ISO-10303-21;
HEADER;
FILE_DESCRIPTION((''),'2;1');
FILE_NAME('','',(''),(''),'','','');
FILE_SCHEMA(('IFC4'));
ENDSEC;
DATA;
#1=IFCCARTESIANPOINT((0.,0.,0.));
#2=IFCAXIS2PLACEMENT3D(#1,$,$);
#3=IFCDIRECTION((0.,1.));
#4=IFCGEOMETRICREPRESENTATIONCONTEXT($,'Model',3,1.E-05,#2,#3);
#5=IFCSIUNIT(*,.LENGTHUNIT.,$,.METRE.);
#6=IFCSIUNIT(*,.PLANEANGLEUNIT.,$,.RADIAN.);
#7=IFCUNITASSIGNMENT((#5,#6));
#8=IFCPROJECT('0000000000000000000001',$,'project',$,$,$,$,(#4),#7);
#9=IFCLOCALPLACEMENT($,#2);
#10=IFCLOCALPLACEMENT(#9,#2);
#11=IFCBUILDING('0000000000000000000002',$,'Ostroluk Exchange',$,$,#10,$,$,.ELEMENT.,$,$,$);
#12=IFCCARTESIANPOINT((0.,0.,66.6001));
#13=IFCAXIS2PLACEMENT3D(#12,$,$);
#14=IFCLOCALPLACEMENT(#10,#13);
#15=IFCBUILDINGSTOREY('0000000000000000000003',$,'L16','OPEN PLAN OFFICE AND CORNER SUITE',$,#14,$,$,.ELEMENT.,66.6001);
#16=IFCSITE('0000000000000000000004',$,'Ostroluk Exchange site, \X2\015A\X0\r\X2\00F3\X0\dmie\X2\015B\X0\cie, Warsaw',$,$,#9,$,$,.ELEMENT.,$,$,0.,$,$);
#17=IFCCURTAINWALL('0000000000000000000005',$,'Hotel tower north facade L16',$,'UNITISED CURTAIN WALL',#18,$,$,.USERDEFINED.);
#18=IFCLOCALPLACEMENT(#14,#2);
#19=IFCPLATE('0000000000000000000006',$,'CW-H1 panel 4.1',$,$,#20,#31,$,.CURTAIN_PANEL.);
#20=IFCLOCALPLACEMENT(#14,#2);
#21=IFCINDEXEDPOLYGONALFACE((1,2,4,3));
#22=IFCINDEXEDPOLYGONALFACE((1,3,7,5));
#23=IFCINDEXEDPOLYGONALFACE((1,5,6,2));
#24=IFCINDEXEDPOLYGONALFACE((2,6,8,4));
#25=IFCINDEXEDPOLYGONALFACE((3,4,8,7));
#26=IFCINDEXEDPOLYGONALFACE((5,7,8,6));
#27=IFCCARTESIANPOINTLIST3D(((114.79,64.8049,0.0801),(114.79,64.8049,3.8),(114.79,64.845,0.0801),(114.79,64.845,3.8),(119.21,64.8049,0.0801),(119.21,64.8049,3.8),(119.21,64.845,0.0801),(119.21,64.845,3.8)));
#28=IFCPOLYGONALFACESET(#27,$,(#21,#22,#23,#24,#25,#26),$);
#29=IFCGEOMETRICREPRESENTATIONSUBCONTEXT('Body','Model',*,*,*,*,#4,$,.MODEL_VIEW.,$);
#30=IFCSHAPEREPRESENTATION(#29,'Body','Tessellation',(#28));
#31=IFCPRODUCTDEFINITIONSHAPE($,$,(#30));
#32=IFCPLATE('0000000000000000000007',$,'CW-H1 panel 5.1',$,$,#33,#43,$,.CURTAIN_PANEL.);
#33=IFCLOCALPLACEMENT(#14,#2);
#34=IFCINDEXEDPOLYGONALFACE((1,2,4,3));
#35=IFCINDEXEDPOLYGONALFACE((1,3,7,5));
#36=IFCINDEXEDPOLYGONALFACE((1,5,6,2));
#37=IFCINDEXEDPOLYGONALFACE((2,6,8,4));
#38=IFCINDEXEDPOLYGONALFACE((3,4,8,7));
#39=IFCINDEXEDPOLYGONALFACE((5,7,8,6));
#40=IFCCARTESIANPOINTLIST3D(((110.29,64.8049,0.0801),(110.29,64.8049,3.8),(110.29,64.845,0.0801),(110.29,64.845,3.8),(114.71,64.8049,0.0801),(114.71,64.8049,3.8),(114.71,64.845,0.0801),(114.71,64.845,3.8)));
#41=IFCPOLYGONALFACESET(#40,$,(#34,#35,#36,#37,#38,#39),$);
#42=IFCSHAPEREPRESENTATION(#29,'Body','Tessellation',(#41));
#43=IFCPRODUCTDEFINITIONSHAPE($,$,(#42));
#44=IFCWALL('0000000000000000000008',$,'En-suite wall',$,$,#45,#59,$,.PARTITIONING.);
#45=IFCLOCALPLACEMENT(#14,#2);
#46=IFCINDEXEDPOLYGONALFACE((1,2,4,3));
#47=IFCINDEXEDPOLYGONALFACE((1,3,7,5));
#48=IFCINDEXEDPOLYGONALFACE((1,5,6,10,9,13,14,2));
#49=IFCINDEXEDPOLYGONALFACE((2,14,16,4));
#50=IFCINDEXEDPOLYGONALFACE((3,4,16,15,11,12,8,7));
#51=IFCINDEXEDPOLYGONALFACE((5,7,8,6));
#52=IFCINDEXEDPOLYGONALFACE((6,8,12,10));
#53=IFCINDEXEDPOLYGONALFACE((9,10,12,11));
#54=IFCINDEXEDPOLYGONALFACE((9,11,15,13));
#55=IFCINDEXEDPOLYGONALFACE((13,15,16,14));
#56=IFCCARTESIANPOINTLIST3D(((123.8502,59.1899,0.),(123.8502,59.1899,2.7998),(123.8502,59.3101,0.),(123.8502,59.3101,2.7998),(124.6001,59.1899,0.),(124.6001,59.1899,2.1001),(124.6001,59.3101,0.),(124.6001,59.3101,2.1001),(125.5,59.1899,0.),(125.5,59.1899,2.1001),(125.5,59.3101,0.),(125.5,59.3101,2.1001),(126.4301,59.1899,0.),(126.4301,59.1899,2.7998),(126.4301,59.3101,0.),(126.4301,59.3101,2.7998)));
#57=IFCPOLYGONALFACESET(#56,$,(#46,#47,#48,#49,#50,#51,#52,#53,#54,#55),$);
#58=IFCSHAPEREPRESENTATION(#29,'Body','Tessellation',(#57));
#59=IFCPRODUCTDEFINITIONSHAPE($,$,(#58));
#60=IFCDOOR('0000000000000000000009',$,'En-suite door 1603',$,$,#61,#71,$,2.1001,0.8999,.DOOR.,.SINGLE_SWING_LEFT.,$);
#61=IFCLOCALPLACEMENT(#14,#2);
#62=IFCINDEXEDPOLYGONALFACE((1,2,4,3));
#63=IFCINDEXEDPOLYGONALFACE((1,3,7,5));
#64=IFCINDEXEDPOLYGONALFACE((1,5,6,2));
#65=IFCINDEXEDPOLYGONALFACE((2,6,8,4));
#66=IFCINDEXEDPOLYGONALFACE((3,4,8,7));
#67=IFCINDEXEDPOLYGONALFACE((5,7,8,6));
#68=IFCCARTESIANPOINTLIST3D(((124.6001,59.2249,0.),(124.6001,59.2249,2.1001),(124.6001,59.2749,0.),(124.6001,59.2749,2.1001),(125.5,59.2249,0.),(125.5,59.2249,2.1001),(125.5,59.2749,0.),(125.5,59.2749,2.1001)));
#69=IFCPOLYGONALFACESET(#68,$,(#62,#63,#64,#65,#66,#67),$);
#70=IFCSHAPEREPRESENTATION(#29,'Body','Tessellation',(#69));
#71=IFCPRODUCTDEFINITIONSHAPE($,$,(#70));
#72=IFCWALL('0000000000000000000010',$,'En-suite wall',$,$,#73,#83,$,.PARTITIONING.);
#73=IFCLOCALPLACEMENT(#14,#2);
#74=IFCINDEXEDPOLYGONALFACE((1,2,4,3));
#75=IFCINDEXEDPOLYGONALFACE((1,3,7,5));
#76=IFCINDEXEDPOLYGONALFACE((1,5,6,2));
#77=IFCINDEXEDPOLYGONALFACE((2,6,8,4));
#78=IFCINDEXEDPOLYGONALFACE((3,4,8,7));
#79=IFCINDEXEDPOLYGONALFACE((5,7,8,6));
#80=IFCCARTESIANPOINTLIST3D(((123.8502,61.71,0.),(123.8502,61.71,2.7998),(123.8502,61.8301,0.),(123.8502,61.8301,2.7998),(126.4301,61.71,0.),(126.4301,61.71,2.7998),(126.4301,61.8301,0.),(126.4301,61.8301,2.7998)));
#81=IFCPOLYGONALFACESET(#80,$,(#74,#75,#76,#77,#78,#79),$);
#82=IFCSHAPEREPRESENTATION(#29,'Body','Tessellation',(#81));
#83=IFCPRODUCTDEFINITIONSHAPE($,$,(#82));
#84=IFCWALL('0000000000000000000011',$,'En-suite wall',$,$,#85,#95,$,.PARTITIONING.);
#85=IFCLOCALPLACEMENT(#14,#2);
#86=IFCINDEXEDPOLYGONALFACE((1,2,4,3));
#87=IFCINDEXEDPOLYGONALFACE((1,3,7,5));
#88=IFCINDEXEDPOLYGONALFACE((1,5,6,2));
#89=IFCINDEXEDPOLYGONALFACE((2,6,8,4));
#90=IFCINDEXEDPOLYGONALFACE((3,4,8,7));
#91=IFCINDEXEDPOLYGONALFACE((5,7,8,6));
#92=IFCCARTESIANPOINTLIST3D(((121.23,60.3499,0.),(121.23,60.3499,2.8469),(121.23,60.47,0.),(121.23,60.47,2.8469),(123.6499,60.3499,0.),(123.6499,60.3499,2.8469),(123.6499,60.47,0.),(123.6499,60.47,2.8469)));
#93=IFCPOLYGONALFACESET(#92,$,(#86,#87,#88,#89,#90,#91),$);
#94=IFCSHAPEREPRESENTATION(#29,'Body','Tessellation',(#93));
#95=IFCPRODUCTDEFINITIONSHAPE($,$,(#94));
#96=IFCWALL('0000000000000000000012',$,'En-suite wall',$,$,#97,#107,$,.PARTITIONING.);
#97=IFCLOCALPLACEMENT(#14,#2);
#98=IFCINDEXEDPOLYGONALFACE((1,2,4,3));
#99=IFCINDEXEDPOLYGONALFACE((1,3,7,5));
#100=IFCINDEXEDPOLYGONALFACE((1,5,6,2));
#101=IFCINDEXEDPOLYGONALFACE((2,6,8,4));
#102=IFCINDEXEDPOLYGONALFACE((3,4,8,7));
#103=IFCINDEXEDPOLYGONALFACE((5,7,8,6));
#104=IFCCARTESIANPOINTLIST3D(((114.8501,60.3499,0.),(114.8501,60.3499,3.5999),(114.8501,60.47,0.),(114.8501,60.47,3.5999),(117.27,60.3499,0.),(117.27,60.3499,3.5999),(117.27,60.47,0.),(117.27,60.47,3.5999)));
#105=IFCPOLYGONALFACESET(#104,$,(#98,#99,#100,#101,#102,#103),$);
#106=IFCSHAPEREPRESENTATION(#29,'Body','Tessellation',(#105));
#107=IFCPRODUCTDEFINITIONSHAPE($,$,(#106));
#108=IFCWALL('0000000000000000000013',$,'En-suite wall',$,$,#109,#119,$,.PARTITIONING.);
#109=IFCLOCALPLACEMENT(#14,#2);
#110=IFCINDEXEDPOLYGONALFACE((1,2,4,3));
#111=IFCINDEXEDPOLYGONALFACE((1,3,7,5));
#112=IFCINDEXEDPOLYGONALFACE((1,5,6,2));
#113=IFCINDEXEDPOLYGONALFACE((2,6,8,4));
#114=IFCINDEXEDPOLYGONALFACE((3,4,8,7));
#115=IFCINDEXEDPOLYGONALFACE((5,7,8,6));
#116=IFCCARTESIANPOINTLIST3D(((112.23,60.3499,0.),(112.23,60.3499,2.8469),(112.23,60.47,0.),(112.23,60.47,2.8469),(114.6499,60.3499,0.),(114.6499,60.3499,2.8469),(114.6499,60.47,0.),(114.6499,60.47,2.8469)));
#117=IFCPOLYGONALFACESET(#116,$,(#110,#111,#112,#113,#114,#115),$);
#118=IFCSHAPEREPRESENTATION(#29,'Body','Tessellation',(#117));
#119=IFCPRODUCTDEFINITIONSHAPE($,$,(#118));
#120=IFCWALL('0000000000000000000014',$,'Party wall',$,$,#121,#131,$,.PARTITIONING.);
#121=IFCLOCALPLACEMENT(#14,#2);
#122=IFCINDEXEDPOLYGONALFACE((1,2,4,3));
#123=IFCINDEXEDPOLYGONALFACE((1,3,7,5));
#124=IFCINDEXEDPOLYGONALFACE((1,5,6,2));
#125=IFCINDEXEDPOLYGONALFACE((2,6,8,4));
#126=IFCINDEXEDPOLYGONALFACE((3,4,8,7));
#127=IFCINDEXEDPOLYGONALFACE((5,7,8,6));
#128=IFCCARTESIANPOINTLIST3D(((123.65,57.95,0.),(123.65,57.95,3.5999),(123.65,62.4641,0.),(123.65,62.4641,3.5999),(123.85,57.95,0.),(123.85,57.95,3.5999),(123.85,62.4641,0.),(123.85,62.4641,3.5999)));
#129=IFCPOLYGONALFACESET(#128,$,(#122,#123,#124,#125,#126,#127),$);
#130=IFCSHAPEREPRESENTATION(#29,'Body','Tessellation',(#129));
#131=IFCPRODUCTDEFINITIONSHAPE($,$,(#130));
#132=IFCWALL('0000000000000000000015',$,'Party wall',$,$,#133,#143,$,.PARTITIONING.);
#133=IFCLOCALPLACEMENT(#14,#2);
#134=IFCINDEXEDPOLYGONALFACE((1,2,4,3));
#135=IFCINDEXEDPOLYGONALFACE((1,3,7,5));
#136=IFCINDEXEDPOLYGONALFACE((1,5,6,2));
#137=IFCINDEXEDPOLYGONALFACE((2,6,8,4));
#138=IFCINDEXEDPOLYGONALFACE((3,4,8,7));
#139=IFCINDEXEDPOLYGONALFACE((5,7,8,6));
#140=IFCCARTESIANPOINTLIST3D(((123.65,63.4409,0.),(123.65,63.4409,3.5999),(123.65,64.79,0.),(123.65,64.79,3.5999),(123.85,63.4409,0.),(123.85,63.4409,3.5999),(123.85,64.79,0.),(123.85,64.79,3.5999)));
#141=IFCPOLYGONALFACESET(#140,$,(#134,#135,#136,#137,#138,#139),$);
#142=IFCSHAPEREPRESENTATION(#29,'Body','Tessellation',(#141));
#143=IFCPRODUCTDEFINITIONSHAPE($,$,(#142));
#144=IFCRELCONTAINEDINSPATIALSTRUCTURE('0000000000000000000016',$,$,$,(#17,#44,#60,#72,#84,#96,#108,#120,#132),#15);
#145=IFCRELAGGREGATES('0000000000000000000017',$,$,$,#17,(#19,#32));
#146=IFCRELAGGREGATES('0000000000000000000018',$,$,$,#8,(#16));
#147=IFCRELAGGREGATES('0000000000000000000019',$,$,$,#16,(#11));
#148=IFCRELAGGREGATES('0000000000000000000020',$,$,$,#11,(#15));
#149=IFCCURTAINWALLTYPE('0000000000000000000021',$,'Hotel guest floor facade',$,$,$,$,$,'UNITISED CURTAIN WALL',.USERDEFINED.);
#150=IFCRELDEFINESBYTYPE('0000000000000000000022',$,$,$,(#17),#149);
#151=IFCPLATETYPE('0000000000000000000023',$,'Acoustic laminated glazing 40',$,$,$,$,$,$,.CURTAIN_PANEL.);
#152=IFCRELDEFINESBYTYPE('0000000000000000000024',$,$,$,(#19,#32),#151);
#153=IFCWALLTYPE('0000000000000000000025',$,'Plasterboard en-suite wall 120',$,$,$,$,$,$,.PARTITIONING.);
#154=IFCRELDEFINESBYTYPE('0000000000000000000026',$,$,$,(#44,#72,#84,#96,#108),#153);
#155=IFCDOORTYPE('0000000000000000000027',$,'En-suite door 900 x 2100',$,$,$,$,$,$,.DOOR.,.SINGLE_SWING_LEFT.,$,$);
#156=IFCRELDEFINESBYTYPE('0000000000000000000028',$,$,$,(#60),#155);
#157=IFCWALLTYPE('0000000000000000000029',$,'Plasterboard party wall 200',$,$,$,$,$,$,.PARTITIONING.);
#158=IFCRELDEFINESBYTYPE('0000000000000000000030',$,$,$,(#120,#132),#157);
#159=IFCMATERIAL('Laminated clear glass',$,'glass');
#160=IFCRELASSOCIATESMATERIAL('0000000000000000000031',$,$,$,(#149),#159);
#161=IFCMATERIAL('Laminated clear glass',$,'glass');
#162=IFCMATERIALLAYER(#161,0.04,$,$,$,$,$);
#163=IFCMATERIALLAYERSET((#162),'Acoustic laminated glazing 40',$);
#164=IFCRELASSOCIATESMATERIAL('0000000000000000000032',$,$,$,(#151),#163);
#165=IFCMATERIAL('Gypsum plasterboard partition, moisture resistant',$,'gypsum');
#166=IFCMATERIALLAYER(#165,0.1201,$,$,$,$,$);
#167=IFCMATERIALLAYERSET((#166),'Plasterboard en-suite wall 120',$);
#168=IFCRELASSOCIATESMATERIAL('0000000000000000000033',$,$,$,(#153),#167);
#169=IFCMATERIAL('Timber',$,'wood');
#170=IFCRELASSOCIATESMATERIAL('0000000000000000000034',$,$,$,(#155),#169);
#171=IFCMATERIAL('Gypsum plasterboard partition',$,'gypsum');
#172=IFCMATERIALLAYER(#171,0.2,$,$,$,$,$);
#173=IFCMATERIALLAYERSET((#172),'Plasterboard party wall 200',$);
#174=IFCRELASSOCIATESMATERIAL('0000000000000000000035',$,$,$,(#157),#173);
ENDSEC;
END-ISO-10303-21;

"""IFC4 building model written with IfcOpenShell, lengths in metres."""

from ifc_helpers import new_model, si_unit, direction, frame, frame_2d, origin, origin_2d, place, context, subcontext, project, spatial, rectangle, extrude, material, layer, layer_set, type_object, element, fill, aggregate, save


model = new_model("IFC4")

# Units and contexts
model_context = context("Model", 3, precision=1e-05, world=origin(), true_north=direction((0.0, 1.0)))
body_context = subcontext(model_context, "Body", "Model", "MODEL_VIEW")
ifc_project = project(units=[si_unit("LENGTHUNIT", "METRE"), si_unit("PLANEANGLEUNIT", "RADIAN")], contexts=[model_context])

# Site, building, storey
site_placement = place(None, origin())
site = spatial("IfcSite", under=ifc_project, at=site_placement, Name="Ostroluk Exchange site, Śródmieście, Warsaw", CompositionType="ELEMENT", RefElevation=0.0)
building_placement = place(site_placement, origin())
building = spatial("IfcBuilding", under=site, at=building_placement, Name="Ostroluk Exchange", CompositionType="ELEMENT")
storey_placement = place(building_placement, frame((0.0, 0.0, 66.6001)))
storey = spatial("IfcBuildingStorey", under=building, at=storey_placement, Name="L16", Description="OPEN PLAN OFFICE AND CORNER SUITE", CompositionType="ELEMENT", Elevation=66.6001)

# Curtain wall, plates
ifc_material_1 = material(Name="Laminated clear glass", Category="glass")
curtain_wall_type = type_object("IfcCurtainWallType", Name="Hotel guest floor facade", ElementType="UNITISED CURTAIN WALL", PredefinedType="USERDEFINED", material=ifc_material_1)
curtain_wall_placement = place(storey_placement, origin())
curtain_wall = element("IfcCurtainWall", 1, at=curtain_wall_placement, inside=storey, type_object=curtain_wall_type, Name="Hotel tower north facade L16", ObjectType="UNITISED CURTAIN WALL", PredefinedType="USERDEFINED")
ifc_material_2 = material(Name="Laminated clear glass", Category="glass")
ifc_layer_1 = layer(ifc_material_2, 0.04)
ifc_layer_set_1 = layer_set([ifc_layer_1], Name="Acoustic laminated glazing 40")
plate_type = type_object("IfcPlateType", Name="Acoustic laminated glazing 40", PredefinedType="CURTAIN_PANEL", material=ifc_layer_set_1)
plate_1_placement = place(storey_placement, frame((117.0, 64.825, 0.0801), z_axis=(0.0, 0.0, 1.0), x_axis=(-1.0, 0.0, 0.0)))
plate_1 = element("IfcPlate", 2, at=plate_1_placement, type_object=plate_type, Name="CW-H1 panel 4.1", PredefinedType="CURTAIN_PANEL", context=body_context, shape_type="SweptSolid", body=[
    extrude(rectangle(XDim=4.4199, YDim=0.04, at=origin_2d()), origin(), (0.0, 0.0, 1.0), 3.72),
])
plate_2_placement = place(storey_placement, frame((112.5, 64.825, 0.0801), z_axis=(0.0, 0.0, 1.0), x_axis=(-1.0, 0.0, 0.0)))
plate_2 = element("IfcPlate", 3, at=plate_2_placement, type_object=plate_type, Name="CW-H1 panel 5.1", PredefinedType="CURTAIN_PANEL", context=body_context, shape_type="SweptSolid", body=[
    extrude(rectangle(XDim=4.4199, YDim=0.04, at=origin_2d()), origin(), (0.0, 0.0, 1.0), 3.72),
])
aggregate(curtain_wall, [plate_1, plate_2])

# Wall, opening, door
ifc_material_3 = material(Name="Gypsum plasterboard partition, moisture resistant", Category="gypsum")
ifc_layer_2 = layer(ifc_material_3, 0.1201)
ifc_layer_set_2 = layer_set([ifc_layer_2], Name="Plasterboard en-suite wall 120")
wall_type_1 = type_object("IfcWallType", Name="Plasterboard en-suite wall 120", PredefinedType="PARTITIONING", material=ifc_layer_set_2)
wall_1_placement = place(storey_placement, frame((123.8501, 59.25, 0.0), z_axis=(0.0, 0.0, 1.0), x_axis=(1.0, 0.0, 0.0)))
wall_1 = element("IfcWall", 4, at=wall_1_placement, inside=storey, type_object=wall_type_1, Name="En-suite wall", PredefinedType="PARTITIONING", context=body_context, shape_type="SweptSolid", body=[
    extrude(rectangle(XDim=2.5798, YDim=0.1201, at=frame_2d((1.29, 0.0))), origin(), (0.0, 0.0, 1.0), 2.7998),
])
opening_placement = place(wall_1_placement, frame((0.75, 0.0, 0.0)))
opening = element("IfcOpeningElement", 5, at=opening_placement, cuts=wall_1, PredefinedType="OPENING", context=body_context, shape_type="SweptSolid", body=[
    extrude(rectangle(XDim=0.8999, YDim=2.1001, at=frame_2d((0.45, 1.05))), frame((0.0, 0.0701, 0.0), z_axis=(0.0, -1.0, 0.0), x_axis=(1.0, 0.0, 0.0)), (0.0, 0.0, 1.0), 0.1401),
])
ifc_material_4 = material(Name="Timber", Category="wood")
door_type = type_object("IfcDoorType", Name="En-suite door 900 x 2100", OperationType="SINGLE_SWING_LEFT", PredefinedType="DOOR", material=ifc_material_4)
door_placement = place(opening_placement, origin())
door = element("IfcDoor", 6, at=door_placement, inside=storey, type_object=door_type, Name="En-suite door 1603", OperationType="SINGLE_SWING_LEFT", OverallHeight=2.1001, OverallWidth=0.8999, PredefinedType="DOOR", context=body_context, shape_type="SweptSolid", body=[
    extrude(rectangle(XDim=0.8999, YDim=2.1001, at=frame_2d((0.45, 1.05))), frame((0.0, 0.0249, 0.0), z_axis=(0.0, -1.0, 0.0), x_axis=(1.0, 0.0, 0.0)), (0.0, 0.0, 1.0), 0.05),
])
fill(opening, door)

# Walls
wall_2_placement = place(storey_placement, frame((123.8501, 61.77, 0.0), z_axis=(0.0, 0.0, 1.0), x_axis=(1.0, 0.0, 0.0)))
element("IfcWall", 7, at=wall_2_placement, inside=storey, type_object=wall_type_1, Name="En-suite wall", PredefinedType="PARTITIONING", context=body_context, shape_type="SweptSolid", body=[
    extrude(rectangle(XDim=2.5798, YDim=0.1201, at=frame_2d((1.29, 0.0))), origin(), (0.0, 0.0, 1.0), 2.7998),
])
wall_3_placement = place(storey_placement, frame((123.6499, 60.4099, 0.0), z_axis=(0.0, 0.0, 1.0), x_axis=(-1.0, 0.0, 0.0)))
element("IfcWall", 8, at=wall_3_placement, inside=storey, type_object=wall_type_1, Name="En-suite wall", PredefinedType="PARTITIONING", context=body_context, shape_type="SweptSolid", body=[
    extrude(rectangle(XDim=2.4199, YDim=0.1201, at=frame_2d((1.21, 0.0))), origin(), (0.0, 0.0, 1.0), 2.8469),
])
wall_4_placement = place(storey_placement, frame((117.27, 60.4099, 0.0), z_axis=(0.0, 0.0, 1.0), x_axis=(-1.0, 0.0, 0.0)))
element("IfcWall", 9, at=wall_4_placement, inside=storey, type_object=wall_type_1, Name="En-suite wall", PredefinedType="PARTITIONING", context=body_context, shape_type="SweptSolid", body=[
    extrude(rectangle(XDim=2.4199, YDim=0.1201, at=frame_2d((1.21, 0.0))), origin(), (0.0, 0.0, 1.0), 3.5999),
])
wall_5_placement = place(storey_placement, frame((114.6499, 60.4099, 0.0), z_axis=(0.0, 0.0, 1.0), x_axis=(-1.0, 0.0, 0.0)))
element("IfcWall", 10, at=wall_5_placement, inside=storey, type_object=wall_type_1, Name="En-suite wall", PredefinedType="PARTITIONING", context=body_context, shape_type="SweptSolid", body=[
    extrude(rectangle(XDim=2.4199, YDim=0.1201, at=frame_2d((1.21, 0.0))), origin(), (0.0, 0.0, 1.0), 2.8469),
])
ifc_material_5 = material(Name="Gypsum plasterboard partition", Category="gypsum")
ifc_layer_3 = layer(ifc_material_5, 0.2)
ifc_layer_set_3 = layer_set([ifc_layer_3], Name="Plasterboard party wall 200")
wall_type_2 = type_object("IfcWallType", Name="Plasterboard party wall 200", PredefinedType="PARTITIONING", material=ifc_layer_set_3)
wall_6_placement = place(storey_placement, frame((123.75, 57.95, 0.0), z_axis=(0.0, 0.0, 1.0), x_axis=(0.0, 1.0, 0.0)))
element("IfcWall", 11, at=wall_6_placement, inside=storey, type_object=wall_type_2, Name="Party wall", PredefinedType="PARTITIONING", context=body_context, shape_type="SweptSolid", body=[
    extrude(rectangle(XDim=4.5142, YDim=0.2, at=frame_2d((2.2571, 0.0))), origin(), (0.0, 0.0, 1.0), 3.5999),
])
wall_7_placement = place(storey_placement, frame((123.75, 63.4409, 0.0), z_axis=(0.0, 0.0, 1.0), x_axis=(0.0, 1.0, 0.0)))
element("IfcWall", 12, at=wall_7_placement, inside=storey, type_object=wall_type_2, Name="Party wall", PredefinedType="PARTITIONING", context=body_context, shape_type="SweptSolid", body=[
    extrude(rectangle(XDim=1.3491, YDim=0.2, at=frame_2d((0.6746, 0.0))), origin(), (0.0, 0.0, 1.0), 3.5999),
])

save(model, "model.ifc")
